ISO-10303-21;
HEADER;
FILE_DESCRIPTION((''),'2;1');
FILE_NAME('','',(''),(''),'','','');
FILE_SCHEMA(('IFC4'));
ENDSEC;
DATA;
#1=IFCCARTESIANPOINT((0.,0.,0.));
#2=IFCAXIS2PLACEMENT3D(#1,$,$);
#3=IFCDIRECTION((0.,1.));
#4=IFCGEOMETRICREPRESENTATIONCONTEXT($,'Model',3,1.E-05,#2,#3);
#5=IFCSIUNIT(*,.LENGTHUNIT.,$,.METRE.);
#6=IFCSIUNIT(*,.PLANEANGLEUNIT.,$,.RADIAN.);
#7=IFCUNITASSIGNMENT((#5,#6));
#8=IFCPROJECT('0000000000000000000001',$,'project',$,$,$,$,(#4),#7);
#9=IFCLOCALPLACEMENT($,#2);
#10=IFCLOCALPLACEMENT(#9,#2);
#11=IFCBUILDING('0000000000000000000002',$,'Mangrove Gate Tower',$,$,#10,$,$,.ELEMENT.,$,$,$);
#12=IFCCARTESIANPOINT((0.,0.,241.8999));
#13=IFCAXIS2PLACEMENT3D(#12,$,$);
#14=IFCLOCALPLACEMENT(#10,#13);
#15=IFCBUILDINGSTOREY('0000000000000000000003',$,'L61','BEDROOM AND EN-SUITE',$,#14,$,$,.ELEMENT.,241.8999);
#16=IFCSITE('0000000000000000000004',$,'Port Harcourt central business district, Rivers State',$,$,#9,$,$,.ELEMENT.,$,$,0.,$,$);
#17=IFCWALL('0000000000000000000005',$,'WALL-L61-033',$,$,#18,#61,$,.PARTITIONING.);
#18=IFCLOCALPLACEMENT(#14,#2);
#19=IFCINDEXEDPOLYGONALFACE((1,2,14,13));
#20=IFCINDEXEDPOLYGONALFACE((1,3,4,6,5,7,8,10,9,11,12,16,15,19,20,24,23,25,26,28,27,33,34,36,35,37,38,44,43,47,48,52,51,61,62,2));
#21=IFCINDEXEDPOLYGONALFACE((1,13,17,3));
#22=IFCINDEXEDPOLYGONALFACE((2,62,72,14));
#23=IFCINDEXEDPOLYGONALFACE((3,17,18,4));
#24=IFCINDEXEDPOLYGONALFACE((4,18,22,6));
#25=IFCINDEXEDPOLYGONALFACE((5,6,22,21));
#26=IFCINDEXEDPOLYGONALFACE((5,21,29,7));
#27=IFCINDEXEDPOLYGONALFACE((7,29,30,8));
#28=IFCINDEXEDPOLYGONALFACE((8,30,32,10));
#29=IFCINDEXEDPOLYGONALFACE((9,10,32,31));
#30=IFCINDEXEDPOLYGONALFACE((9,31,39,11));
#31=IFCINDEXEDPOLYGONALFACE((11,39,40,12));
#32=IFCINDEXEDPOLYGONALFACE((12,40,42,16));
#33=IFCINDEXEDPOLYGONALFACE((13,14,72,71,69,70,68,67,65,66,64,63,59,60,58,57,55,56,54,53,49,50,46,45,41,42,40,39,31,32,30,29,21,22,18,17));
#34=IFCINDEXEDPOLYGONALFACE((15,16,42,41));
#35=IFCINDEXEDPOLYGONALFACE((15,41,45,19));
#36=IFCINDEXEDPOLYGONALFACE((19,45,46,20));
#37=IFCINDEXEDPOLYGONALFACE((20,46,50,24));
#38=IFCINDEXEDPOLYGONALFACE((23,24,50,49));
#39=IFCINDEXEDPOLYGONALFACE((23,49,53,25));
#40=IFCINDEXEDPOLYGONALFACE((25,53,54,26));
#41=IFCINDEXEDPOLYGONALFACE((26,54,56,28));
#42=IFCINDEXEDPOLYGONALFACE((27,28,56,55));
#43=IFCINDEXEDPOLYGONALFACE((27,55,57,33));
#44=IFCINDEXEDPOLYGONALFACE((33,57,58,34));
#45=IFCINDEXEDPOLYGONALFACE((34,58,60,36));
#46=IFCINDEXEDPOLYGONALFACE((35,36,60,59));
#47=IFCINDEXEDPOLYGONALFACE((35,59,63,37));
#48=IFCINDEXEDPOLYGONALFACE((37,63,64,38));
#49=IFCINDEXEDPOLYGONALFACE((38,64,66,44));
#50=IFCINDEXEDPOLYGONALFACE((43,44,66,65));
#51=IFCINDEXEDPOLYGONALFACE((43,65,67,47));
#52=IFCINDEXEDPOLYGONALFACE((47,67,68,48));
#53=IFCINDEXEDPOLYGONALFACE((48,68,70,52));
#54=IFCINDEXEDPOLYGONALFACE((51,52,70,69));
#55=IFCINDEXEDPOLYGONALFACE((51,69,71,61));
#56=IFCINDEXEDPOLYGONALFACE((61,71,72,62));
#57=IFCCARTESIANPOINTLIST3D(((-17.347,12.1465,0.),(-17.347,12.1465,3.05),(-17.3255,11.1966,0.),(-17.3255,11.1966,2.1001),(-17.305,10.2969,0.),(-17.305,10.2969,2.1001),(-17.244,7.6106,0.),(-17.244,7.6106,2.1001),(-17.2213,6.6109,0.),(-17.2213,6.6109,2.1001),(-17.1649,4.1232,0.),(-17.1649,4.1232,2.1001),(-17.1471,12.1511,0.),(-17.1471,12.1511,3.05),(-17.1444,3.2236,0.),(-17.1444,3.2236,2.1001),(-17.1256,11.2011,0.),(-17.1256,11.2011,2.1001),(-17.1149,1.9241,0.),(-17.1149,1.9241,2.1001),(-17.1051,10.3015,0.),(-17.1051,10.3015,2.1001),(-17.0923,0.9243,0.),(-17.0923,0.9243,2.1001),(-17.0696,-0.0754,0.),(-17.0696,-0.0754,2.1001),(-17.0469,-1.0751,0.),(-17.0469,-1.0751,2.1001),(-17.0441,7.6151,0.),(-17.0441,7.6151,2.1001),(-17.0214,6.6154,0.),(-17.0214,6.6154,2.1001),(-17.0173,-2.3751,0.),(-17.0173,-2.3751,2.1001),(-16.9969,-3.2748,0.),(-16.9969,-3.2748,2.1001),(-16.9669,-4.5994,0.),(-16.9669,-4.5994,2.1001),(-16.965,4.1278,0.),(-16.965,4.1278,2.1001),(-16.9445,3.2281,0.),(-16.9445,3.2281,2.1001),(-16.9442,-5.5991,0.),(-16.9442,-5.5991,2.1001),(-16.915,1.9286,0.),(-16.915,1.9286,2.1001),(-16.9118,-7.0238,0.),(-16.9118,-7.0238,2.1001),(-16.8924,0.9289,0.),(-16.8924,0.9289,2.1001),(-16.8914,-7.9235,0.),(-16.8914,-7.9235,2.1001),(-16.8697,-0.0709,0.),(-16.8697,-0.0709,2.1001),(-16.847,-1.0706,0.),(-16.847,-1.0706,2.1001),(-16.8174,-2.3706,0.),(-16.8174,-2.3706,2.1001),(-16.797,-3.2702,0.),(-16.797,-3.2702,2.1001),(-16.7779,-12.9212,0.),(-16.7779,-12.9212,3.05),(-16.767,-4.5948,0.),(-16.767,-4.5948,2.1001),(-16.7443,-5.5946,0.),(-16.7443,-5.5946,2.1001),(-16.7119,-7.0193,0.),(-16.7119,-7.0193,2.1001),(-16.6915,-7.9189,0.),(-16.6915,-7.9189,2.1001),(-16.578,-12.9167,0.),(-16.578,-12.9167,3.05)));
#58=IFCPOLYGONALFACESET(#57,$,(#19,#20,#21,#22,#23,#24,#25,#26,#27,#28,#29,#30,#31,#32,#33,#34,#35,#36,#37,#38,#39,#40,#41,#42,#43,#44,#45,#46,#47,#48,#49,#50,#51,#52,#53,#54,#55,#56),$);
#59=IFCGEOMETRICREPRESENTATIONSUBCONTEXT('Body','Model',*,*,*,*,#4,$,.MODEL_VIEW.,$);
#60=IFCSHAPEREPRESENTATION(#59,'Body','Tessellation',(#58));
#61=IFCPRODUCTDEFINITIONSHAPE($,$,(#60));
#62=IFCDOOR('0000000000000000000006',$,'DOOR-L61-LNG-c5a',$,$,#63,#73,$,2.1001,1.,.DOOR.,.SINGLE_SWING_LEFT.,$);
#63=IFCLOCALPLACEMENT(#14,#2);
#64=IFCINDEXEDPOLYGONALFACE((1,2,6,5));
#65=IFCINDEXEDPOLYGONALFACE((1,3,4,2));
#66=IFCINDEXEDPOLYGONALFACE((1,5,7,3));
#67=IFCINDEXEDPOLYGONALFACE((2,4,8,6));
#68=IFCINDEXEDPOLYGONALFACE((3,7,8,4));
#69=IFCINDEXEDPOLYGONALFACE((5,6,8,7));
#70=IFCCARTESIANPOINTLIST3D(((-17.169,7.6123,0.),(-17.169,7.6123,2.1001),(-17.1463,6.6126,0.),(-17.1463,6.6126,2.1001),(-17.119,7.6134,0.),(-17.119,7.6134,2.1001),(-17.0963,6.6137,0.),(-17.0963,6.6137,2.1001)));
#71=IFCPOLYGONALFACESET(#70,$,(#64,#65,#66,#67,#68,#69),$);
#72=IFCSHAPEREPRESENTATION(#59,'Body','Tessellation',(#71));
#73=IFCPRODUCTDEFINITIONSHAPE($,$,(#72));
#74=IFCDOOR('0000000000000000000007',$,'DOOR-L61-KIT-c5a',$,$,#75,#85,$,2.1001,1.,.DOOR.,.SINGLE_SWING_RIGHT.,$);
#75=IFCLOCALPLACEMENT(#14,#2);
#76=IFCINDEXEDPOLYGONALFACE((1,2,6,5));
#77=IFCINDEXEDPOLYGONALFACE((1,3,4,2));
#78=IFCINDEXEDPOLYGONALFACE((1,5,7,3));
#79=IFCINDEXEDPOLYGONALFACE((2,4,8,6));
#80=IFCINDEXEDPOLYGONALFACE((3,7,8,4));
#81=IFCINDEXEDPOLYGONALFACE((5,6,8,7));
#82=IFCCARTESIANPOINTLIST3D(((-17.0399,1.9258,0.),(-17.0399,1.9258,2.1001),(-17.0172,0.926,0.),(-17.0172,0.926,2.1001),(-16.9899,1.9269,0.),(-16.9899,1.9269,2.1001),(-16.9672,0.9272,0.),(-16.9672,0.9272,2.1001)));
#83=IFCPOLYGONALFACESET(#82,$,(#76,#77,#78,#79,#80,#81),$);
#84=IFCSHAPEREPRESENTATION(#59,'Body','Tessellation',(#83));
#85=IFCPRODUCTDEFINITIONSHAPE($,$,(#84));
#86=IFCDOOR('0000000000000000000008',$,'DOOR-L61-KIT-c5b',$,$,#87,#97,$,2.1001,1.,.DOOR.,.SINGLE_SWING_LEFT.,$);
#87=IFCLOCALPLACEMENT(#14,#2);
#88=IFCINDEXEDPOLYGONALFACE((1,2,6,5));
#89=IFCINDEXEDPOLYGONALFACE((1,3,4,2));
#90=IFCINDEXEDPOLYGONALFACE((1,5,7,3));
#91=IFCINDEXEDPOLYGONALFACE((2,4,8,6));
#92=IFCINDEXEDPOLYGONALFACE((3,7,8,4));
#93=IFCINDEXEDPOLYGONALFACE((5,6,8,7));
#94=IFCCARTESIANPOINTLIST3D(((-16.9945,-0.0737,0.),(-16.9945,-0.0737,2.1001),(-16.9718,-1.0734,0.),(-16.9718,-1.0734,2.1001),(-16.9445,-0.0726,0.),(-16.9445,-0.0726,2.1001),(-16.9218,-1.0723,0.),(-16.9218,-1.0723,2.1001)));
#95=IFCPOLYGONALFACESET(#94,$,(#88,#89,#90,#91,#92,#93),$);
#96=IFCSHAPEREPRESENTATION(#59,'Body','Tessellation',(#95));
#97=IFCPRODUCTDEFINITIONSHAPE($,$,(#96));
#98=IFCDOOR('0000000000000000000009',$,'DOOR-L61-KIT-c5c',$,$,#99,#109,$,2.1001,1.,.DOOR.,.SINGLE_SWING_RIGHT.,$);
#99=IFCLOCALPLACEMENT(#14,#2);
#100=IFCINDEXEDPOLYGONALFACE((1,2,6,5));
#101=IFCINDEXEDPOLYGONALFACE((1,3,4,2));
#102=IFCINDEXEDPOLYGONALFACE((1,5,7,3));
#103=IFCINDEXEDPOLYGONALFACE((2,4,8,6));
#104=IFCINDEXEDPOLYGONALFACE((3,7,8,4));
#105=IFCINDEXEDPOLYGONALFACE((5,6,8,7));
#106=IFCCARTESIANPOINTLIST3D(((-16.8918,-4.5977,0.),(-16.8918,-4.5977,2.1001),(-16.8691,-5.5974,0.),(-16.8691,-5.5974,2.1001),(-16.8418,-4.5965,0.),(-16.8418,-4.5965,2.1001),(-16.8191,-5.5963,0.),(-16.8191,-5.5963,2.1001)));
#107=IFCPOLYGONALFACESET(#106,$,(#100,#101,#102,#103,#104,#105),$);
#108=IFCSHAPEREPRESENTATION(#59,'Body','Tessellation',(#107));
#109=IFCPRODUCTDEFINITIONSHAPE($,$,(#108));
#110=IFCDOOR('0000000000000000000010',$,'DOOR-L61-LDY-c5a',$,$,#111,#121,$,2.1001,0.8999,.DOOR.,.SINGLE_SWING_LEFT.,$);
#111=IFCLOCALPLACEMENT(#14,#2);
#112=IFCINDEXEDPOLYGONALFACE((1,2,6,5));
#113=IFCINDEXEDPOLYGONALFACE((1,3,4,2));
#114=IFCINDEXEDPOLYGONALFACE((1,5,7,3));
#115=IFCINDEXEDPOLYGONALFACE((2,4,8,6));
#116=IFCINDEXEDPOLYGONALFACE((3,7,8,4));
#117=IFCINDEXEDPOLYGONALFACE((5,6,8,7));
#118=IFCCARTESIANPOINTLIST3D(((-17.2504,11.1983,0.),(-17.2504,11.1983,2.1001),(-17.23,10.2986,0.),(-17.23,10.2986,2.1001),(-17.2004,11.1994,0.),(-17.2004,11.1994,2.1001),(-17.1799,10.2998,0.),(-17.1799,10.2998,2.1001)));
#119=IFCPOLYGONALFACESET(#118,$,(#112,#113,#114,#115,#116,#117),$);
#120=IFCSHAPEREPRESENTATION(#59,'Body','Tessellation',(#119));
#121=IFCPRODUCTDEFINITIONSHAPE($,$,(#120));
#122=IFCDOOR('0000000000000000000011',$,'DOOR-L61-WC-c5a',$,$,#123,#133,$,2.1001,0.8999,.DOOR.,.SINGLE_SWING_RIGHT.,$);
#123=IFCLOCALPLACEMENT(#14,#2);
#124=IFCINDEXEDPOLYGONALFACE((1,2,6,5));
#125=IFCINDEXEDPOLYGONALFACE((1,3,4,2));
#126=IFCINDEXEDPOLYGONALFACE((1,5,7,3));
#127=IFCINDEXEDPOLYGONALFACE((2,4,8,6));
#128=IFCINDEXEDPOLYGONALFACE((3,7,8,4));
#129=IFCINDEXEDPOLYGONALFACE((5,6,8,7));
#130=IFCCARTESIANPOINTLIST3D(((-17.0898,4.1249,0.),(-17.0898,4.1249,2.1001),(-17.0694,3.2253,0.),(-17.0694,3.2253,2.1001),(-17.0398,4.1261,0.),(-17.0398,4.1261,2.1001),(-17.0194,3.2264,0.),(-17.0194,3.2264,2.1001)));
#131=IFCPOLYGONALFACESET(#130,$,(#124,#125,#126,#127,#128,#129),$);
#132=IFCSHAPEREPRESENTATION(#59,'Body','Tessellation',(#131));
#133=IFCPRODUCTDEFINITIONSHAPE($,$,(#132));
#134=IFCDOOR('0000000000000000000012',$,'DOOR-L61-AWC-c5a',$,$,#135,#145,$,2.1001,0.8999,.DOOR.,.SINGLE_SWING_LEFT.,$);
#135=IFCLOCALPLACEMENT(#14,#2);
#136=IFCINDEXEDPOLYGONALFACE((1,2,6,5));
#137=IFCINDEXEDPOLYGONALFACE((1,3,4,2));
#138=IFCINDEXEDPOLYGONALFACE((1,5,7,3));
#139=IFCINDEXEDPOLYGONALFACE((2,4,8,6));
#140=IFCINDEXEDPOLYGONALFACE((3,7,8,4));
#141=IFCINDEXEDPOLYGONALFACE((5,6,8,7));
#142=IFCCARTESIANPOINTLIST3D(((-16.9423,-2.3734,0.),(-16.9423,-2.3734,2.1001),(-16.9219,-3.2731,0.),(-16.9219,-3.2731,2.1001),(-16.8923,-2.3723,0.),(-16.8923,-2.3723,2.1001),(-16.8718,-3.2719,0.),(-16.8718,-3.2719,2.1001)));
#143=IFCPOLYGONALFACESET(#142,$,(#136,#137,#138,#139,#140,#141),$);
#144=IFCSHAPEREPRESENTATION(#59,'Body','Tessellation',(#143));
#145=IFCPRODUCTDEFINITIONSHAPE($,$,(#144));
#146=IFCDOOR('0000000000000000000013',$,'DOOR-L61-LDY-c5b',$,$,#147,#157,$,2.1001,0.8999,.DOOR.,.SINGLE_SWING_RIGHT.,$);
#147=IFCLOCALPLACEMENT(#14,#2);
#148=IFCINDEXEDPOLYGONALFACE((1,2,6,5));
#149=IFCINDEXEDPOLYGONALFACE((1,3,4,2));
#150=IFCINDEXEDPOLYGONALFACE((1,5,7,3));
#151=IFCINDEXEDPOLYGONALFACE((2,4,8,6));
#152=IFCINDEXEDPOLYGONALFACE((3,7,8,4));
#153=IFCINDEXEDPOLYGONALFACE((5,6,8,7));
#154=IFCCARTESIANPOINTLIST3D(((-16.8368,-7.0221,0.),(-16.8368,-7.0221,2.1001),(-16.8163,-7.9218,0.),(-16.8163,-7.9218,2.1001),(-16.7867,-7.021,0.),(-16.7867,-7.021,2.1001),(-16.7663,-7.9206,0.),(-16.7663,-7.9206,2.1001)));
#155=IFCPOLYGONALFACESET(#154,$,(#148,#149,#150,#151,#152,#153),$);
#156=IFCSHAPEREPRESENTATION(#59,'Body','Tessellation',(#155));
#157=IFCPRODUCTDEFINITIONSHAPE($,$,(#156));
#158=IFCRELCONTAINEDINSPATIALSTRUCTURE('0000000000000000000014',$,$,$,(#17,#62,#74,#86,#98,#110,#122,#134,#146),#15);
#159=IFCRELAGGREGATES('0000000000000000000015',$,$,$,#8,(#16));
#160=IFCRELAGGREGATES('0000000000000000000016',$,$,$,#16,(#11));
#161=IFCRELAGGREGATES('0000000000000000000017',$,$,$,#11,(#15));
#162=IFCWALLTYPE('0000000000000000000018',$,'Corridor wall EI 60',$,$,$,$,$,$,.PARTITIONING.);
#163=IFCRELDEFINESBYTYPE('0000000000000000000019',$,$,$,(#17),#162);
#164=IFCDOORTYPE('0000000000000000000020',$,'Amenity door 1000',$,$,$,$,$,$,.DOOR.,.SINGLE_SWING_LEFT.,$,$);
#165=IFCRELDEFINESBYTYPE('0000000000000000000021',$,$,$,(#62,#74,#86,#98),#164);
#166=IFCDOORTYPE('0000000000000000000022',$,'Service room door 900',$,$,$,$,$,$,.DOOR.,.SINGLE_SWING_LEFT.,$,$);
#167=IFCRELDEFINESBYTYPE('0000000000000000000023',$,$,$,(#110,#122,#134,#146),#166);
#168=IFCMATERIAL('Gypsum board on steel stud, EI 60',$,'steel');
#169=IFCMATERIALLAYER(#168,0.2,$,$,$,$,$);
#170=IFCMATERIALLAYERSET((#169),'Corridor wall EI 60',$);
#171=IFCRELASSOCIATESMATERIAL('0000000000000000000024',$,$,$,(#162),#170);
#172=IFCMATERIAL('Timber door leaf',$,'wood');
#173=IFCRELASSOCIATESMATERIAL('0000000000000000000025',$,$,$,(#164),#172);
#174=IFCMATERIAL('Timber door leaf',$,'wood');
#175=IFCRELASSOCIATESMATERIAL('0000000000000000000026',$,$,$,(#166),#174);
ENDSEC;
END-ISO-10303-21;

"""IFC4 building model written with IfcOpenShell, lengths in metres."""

from ifc_helpers import new_model, si_unit, direction, frame, frame_2d, origin, place, context, subcontext, project, spatial, rectangle, extrude, material, layer, layer_set, type_object, element, fill, save


model = new_model("IFC4")

# Units and contexts
model_context = context("Model", 3, precision=1e-05, world=origin(), true_north=direction((0.0, 1.0)))
body_context = subcontext(model_context, "Body", "Model", "MODEL_VIEW")
ifc_project = project(units=[si_unit("LENGTHUNIT", "METRE"), si_unit("PLANEANGLEUNIT", "RADIAN")], contexts=[model_context])

# Site, building, storey
site_placement = place(None, origin())
site = spatial("IfcSite", under=ifc_project, at=site_placement, Name="Port Harcourt central business district, Rivers State", CompositionType="ELEMENT", RefElevation=0.0)
building_placement = place(site_placement, origin())
building = spatial("IfcBuilding", under=site, at=building_placement, Name="Mangrove Gate Tower", CompositionType="ELEMENT")
storey_placement = place(building_placement, frame((0.0, 0.0, 241.8999)))
storey = spatial("IfcBuildingStorey", under=building, at=storey_placement, Name="L61", Description="BEDROOM AND EN-SUITE", CompositionType="ELEMENT", Elevation=241.8999)

# Wall, openings, doors
ifc_material_1 = material(Name="Gypsum board on steel stud, EI 60", Category="steel")
ifc_layer_1 = layer(ifc_material_1, 0.2)
ifc_layer_set_1 = layer_set([ifc_layer_1], Name="Corridor wall EI 60")
wall_type_1 = type_object("IfcWallType", Name="Corridor wall EI 60", PredefinedType="PARTITIONING", material=ifc_layer_set_1)
wall_1_placement = place(storey_placement, frame((-16.678, -12.9189, 0.0), z_axis=(0.0, 0.0, 1.0), x_axis=(-0.022696, 0.999742, 0.0)))
wall_1 = element("IfcWall", 1, at=wall_1_placement, inside=storey, type_object=wall_type_1, Name="WALL-L61-033", PredefinedType="PARTITIONING", context=body_context, shape_type="SweptSolid", body=[
    extrude(rectangle(XDim=25.0742, YDim=0.2, at=frame_2d((12.5371, 0.0))), origin(), (0.0, 0.0, 1.0), 3.05),
])
opening_1_placement = place(wall_1_placement, frame((19.5371, 0.0, 0.0)))
opening_1 = element("IfcOpeningElement", 2, at=opening_1_placement, cuts=wall_1, PredefinedType="OPENING", context=body_context, shape_type="SweptSolid", body=[
    extrude(rectangle(XDim=1.0, YDim=2.1001, at=frame_2d((0.5, 1.05))), frame((0.0, 0.1099, 0.0), z_axis=(0.0, -1.0, 0.0), x_axis=(1.0, 0.0, 0.0)), (0.0, 0.0, 1.0), 0.22),
])
opening_2_placement = place(wall_1_placement, frame((23.2241, 0.0, 0.0)))
opening_2 = element("IfcOpeningElement", 3, at=opening_2_placement, cuts=wall_1, PredefinedType="OPENING", context=body_context, shape_type="SweptSolid", body=[
    extrude(rectangle(XDim=0.8999, YDim=2.1001, at=frame_2d((0.45, 1.05))), frame((0.0, 0.1099, 0.0), z_axis=(0.0, -1.0, 0.0), x_axis=(1.0, 0.0, 0.0)), (0.0, 0.0, 1.0), 0.22),
])
opening_3_placement = place(wall_1_placement, frame((13.8491, 0.0, 0.0)))
opening_3 = element("IfcOpeningElement", 4, at=opening_3_placement, cuts=wall_1, PredefinedType="OPENING", context=body_context, shape_type="SweptSolid", body=[
    extrude(rectangle(XDim=1.0, YDim=2.1001, at=frame_2d((0.5, 1.05))), frame((0.0, 0.1099, 0.0), z_axis=(0.0, -1.0, 0.0), x_axis=(1.0, 0.0, 0.0)), (0.0, 0.0, 1.0), 0.22),
])
opening_4_placement = place(wall_1_placement, frame((16.1489, 0.0, 0.0)))
opening_4 = element("IfcOpeningElement", 5, at=opening_4_placement, cuts=wall_1, PredefinedType="OPENING", context=body_context, shape_type="SweptSolid", body=[
    extrude(rectangle(XDim=0.8999, YDim=2.1001, at=frame_2d((0.45, 1.05))), frame((0.0, 0.1099, 0.0), z_axis=(0.0, -1.0, 0.0), x_axis=(1.0, 0.0, 0.0)), (0.0, 0.0, 1.0), 0.22),
])
opening_5_placement = place(wall_1_placement, frame((11.8491, 0.0, 0.0)))
opening_5 = element("IfcOpeningElement", 6, at=opening_5_placement, cuts=wall_1, PredefinedType="OPENING", context=body_context, shape_type="SweptSolid", body=[
    extrude(rectangle(XDim=1.0, YDim=2.1001, at=frame_2d((0.5, 1.05))), frame((0.0, 0.1099, 0.0), z_axis=(0.0, -1.0, 0.0), x_axis=(1.0, 0.0, 0.0)), (0.0, 0.0, 1.0), 0.22),
])
opening_6_placement = place(wall_1_placement, frame((9.6489, 0.0, 0.0)))
opening_6 = element("IfcOpeningElement", 7, at=opening_6_placement, cuts=wall_1, PredefinedType="OPENING", context=body_context, shape_type="SweptSolid", body=[
    extrude(rectangle(XDim=0.8999, YDim=2.1001, at=frame_2d((0.45, 1.05))), frame((0.0, 0.1099, 0.0), z_axis=(0.0, -1.0, 0.0), x_axis=(1.0, 0.0, 0.0)), (0.0, 0.0, 1.0), 0.22),
])
opening_7_placement = place(wall_1_placement, frame((7.324, 0.0, 0.0)))
opening_7 = element("IfcOpeningElement", 8, at=opening_7_placement, cuts=wall_1, PredefinedType="OPENING", context=body_context, shape_type="SweptSolid", body=[
    extrude(rectangle(XDim=1.0, YDim=2.1001, at=frame_2d((0.5, 1.05))), frame((0.0, 0.1099, 0.0), z_axis=(0.0, -1.0, 0.0), x_axis=(1.0, 0.0, 0.0)), (0.0, 0.0, 1.0), 0.22),
])
opening_8_placement = place(wall_1_placement, frame((4.999, 0.0, 0.0)))
opening_8 = element("IfcOpeningElement", 9, at=opening_8_placement, cuts=wall_1, PredefinedType="OPENING", context=body_context, shape_type="SweptSolid", body=[
    extrude(rectangle(XDim=0.8999, YDim=2.1001, at=frame_2d((0.45, 1.05))), frame((0.0, 0.1099, 0.0), z_axis=(0.0, -1.0, 0.0), x_axis=(1.0, 0.0, 0.0)), (0.0, 0.0, 1.0), 0.22),
])
ifc_material_2 = material(Name="Timber door leaf", Category="wood")
door_type_1 = type_object("IfcDoorType", Name="Amenity door 1000", OperationType="SINGLE_SWING_LEFT", PredefinedType="DOOR", material=ifc_material_2)
door_1_placement = place(opening_1_placement, origin())
door_1 = element("IfcDoor", 10, at=door_1_placement, inside=storey, type_object=door_type_1, Name="DOOR-L61-LNG-c5a", OperationType="SINGLE_SWING_LEFT", OverallHeight=2.1001, OverallWidth=1.0, PredefinedType="DOOR", context=body_context, shape_type="SweptSolid", body=[
    extrude(rectangle(XDim=1.0, YDim=2.1001, at=frame_2d((0.5, 1.05))), frame((0.0, 0.0249, 0.0), z_axis=(0.0, -1.0, 0.0), x_axis=(1.0, 0.0, 0.0)), (0.0, 0.0, 1.0), 0.05),
])
fill(opening_1, door_1)
door_2_placement = place(opening_3_placement, origin())
door_2 = element("IfcDoor", 11, at=door_2_placement, inside=storey, type_object=door_type_1, Name="DOOR-L61-KIT-c5a", OperationType="SINGLE_SWING_RIGHT", OverallHeight=2.1001, OverallWidth=1.0, PredefinedType="DOOR", context=body_context, shape_type="SweptSolid", body=[
    extrude(rectangle(XDim=1.0, YDim=2.1001, at=frame_2d((0.5, 1.05))), frame((0.0, 0.0249, 0.0), z_axis=(0.0, -1.0, 0.0), x_axis=(1.0, 0.0, 0.0)), (0.0, 0.0, 1.0), 0.05),
])
fill(opening_3, door_2)
door_3_placement = place(opening_5_placement, origin())
door_3 = element("IfcDoor", 12, at=door_3_placement, inside=storey, type_object=door_type_1, Name="DOOR-L61-KIT-c5b", OperationType="SINGLE_SWING_LEFT", OverallHeight=2.1001, OverallWidth=1.0, PredefinedType="DOOR", context=body_context, shape_type="SweptSolid", body=[
    extrude(rectangle(XDim=1.0, YDim=2.1001, at=frame_2d((0.5, 1.05))), frame((0.0, 0.0249, 0.0), z_axis=(0.0, -1.0, 0.0), x_axis=(1.0, 0.0, 0.0)), (0.0, 0.0, 1.0), 0.05),
])
fill(opening_5, door_3)
door_4_placement = place(opening_7_placement, origin())
door_4 = element("IfcDoor", 13, at=door_4_placement, inside=storey, type_object=door_type_1, Name="DOOR-L61-KIT-c5c", OperationType="SINGLE_SWING_RIGHT", OverallHeight=2.1001, OverallWidth=1.0, PredefinedType="DOOR", context=body_context, shape_type="SweptSolid", body=[
    extrude(rectangle(XDim=1.0, YDim=2.1001, at=frame_2d((0.5, 1.05))), frame((0.0, 0.0249, 0.0), z_axis=(0.0, -1.0, 0.0), x_axis=(1.0, 0.0, 0.0)), (0.0, 0.0, 1.0), 0.05),
])
fill(opening_7, door_4)
ifc_material_3 = material(Name="Timber door leaf", Category="wood")
door_type_2 = type_object("IfcDoorType", Name="Service room door 900", OperationType="SINGLE_SWING_LEFT", PredefinedType="DOOR", material=ifc_material_3)
door_5_placement = place(opening_2_placement, origin())
door_5 = element("IfcDoor", 14, at=door_5_placement, inside=storey, type_object=door_type_2, Name="DOOR-L61-LDY-c5a", OperationType="SINGLE_SWING_LEFT", OverallHeight=2.1001, OverallWidth=0.8999, PredefinedType="DOOR", context=body_context, shape_type="SweptSolid", body=[
    extrude(rectangle(XDim=0.8999, YDim=2.1001, at=frame_2d((0.45, 1.05))), frame((0.0, 0.0249, 0.0), z_axis=(0.0, -1.0, 0.0), x_axis=(1.0, 0.0, 0.0)), (0.0, 0.0, 1.0), 0.05),
])
fill(opening_2, door_5)
door_6_placement = place(opening_4_placement, origin())
door_6 = element("IfcDoor", 15, at=door_6_placement, inside=storey, type_object=door_type_2, Name="DOOR-L61-WC-c5a", OperationType="SINGLE_SWING_RIGHT", OverallHeight=2.1001, OverallWidth=0.8999, PredefinedType="DOOR", context=body_context, shape_type="SweptSolid", body=[
    extrude(rectangle(XDim=0.8999, YDim=2.1001, at=frame_2d((0.45, 1.05))), frame((0.0, 0.0249, 0.0), z_axis=(0.0, -1.0, 0.0), x_axis=(1.0, 0.0, 0.0)), (0.0, 0.0, 1.0), 0.05),
])
fill(opening_4, door_6)
door_7_placement = place(opening_6_placement, origin())
door_7 = element("IfcDoor", 16, at=door_7_placement, inside=storey, type_object=door_type_2, Name="DOOR-L61-AWC-c5a", OperationType="SINGLE_SWING_LEFT", OverallHeight=2.1001, OverallWidth=0.8999, PredefinedType="DOOR", context=body_context, shape_type="SweptSolid", body=[
    extrude(rectangle(XDim=0.8999, YDim=2.1001, at=frame_2d((0.45, 1.05))), frame((0.0, 0.0249, 0.0), z_axis=(0.0, -1.0, 0.0), x_axis=(1.0, 0.0, 0.0)), (0.0, 0.0, 1.0), 0.05),
])
fill(opening_6, door_7)
door_8_placement = place(opening_8_placement, origin())
door_8 = element("IfcDoor", 17, at=door_8_placement, inside=storey, type_object=door_type_2, Name="DOOR-L61-LDY-c5b", OperationType="SINGLE_SWING_RIGHT", OverallHeight=2.1001, OverallWidth=0.8999, PredefinedType="DOOR", context=body_context, shape_type="SweptSolid", body=[
    extrude(rectangle(XDim=0.8999, YDim=2.1001, at=frame_2d((0.45, 1.05))), frame((0.0, 0.0249, 0.0), z_axis=(0.0, -1.0, 0.0), x_axis=(1.0, 0.0, 0.0)), (0.0, 0.0, 1.0), 0.05),
])
fill(opening_8, door_8)

save(model, "model.ifc")
